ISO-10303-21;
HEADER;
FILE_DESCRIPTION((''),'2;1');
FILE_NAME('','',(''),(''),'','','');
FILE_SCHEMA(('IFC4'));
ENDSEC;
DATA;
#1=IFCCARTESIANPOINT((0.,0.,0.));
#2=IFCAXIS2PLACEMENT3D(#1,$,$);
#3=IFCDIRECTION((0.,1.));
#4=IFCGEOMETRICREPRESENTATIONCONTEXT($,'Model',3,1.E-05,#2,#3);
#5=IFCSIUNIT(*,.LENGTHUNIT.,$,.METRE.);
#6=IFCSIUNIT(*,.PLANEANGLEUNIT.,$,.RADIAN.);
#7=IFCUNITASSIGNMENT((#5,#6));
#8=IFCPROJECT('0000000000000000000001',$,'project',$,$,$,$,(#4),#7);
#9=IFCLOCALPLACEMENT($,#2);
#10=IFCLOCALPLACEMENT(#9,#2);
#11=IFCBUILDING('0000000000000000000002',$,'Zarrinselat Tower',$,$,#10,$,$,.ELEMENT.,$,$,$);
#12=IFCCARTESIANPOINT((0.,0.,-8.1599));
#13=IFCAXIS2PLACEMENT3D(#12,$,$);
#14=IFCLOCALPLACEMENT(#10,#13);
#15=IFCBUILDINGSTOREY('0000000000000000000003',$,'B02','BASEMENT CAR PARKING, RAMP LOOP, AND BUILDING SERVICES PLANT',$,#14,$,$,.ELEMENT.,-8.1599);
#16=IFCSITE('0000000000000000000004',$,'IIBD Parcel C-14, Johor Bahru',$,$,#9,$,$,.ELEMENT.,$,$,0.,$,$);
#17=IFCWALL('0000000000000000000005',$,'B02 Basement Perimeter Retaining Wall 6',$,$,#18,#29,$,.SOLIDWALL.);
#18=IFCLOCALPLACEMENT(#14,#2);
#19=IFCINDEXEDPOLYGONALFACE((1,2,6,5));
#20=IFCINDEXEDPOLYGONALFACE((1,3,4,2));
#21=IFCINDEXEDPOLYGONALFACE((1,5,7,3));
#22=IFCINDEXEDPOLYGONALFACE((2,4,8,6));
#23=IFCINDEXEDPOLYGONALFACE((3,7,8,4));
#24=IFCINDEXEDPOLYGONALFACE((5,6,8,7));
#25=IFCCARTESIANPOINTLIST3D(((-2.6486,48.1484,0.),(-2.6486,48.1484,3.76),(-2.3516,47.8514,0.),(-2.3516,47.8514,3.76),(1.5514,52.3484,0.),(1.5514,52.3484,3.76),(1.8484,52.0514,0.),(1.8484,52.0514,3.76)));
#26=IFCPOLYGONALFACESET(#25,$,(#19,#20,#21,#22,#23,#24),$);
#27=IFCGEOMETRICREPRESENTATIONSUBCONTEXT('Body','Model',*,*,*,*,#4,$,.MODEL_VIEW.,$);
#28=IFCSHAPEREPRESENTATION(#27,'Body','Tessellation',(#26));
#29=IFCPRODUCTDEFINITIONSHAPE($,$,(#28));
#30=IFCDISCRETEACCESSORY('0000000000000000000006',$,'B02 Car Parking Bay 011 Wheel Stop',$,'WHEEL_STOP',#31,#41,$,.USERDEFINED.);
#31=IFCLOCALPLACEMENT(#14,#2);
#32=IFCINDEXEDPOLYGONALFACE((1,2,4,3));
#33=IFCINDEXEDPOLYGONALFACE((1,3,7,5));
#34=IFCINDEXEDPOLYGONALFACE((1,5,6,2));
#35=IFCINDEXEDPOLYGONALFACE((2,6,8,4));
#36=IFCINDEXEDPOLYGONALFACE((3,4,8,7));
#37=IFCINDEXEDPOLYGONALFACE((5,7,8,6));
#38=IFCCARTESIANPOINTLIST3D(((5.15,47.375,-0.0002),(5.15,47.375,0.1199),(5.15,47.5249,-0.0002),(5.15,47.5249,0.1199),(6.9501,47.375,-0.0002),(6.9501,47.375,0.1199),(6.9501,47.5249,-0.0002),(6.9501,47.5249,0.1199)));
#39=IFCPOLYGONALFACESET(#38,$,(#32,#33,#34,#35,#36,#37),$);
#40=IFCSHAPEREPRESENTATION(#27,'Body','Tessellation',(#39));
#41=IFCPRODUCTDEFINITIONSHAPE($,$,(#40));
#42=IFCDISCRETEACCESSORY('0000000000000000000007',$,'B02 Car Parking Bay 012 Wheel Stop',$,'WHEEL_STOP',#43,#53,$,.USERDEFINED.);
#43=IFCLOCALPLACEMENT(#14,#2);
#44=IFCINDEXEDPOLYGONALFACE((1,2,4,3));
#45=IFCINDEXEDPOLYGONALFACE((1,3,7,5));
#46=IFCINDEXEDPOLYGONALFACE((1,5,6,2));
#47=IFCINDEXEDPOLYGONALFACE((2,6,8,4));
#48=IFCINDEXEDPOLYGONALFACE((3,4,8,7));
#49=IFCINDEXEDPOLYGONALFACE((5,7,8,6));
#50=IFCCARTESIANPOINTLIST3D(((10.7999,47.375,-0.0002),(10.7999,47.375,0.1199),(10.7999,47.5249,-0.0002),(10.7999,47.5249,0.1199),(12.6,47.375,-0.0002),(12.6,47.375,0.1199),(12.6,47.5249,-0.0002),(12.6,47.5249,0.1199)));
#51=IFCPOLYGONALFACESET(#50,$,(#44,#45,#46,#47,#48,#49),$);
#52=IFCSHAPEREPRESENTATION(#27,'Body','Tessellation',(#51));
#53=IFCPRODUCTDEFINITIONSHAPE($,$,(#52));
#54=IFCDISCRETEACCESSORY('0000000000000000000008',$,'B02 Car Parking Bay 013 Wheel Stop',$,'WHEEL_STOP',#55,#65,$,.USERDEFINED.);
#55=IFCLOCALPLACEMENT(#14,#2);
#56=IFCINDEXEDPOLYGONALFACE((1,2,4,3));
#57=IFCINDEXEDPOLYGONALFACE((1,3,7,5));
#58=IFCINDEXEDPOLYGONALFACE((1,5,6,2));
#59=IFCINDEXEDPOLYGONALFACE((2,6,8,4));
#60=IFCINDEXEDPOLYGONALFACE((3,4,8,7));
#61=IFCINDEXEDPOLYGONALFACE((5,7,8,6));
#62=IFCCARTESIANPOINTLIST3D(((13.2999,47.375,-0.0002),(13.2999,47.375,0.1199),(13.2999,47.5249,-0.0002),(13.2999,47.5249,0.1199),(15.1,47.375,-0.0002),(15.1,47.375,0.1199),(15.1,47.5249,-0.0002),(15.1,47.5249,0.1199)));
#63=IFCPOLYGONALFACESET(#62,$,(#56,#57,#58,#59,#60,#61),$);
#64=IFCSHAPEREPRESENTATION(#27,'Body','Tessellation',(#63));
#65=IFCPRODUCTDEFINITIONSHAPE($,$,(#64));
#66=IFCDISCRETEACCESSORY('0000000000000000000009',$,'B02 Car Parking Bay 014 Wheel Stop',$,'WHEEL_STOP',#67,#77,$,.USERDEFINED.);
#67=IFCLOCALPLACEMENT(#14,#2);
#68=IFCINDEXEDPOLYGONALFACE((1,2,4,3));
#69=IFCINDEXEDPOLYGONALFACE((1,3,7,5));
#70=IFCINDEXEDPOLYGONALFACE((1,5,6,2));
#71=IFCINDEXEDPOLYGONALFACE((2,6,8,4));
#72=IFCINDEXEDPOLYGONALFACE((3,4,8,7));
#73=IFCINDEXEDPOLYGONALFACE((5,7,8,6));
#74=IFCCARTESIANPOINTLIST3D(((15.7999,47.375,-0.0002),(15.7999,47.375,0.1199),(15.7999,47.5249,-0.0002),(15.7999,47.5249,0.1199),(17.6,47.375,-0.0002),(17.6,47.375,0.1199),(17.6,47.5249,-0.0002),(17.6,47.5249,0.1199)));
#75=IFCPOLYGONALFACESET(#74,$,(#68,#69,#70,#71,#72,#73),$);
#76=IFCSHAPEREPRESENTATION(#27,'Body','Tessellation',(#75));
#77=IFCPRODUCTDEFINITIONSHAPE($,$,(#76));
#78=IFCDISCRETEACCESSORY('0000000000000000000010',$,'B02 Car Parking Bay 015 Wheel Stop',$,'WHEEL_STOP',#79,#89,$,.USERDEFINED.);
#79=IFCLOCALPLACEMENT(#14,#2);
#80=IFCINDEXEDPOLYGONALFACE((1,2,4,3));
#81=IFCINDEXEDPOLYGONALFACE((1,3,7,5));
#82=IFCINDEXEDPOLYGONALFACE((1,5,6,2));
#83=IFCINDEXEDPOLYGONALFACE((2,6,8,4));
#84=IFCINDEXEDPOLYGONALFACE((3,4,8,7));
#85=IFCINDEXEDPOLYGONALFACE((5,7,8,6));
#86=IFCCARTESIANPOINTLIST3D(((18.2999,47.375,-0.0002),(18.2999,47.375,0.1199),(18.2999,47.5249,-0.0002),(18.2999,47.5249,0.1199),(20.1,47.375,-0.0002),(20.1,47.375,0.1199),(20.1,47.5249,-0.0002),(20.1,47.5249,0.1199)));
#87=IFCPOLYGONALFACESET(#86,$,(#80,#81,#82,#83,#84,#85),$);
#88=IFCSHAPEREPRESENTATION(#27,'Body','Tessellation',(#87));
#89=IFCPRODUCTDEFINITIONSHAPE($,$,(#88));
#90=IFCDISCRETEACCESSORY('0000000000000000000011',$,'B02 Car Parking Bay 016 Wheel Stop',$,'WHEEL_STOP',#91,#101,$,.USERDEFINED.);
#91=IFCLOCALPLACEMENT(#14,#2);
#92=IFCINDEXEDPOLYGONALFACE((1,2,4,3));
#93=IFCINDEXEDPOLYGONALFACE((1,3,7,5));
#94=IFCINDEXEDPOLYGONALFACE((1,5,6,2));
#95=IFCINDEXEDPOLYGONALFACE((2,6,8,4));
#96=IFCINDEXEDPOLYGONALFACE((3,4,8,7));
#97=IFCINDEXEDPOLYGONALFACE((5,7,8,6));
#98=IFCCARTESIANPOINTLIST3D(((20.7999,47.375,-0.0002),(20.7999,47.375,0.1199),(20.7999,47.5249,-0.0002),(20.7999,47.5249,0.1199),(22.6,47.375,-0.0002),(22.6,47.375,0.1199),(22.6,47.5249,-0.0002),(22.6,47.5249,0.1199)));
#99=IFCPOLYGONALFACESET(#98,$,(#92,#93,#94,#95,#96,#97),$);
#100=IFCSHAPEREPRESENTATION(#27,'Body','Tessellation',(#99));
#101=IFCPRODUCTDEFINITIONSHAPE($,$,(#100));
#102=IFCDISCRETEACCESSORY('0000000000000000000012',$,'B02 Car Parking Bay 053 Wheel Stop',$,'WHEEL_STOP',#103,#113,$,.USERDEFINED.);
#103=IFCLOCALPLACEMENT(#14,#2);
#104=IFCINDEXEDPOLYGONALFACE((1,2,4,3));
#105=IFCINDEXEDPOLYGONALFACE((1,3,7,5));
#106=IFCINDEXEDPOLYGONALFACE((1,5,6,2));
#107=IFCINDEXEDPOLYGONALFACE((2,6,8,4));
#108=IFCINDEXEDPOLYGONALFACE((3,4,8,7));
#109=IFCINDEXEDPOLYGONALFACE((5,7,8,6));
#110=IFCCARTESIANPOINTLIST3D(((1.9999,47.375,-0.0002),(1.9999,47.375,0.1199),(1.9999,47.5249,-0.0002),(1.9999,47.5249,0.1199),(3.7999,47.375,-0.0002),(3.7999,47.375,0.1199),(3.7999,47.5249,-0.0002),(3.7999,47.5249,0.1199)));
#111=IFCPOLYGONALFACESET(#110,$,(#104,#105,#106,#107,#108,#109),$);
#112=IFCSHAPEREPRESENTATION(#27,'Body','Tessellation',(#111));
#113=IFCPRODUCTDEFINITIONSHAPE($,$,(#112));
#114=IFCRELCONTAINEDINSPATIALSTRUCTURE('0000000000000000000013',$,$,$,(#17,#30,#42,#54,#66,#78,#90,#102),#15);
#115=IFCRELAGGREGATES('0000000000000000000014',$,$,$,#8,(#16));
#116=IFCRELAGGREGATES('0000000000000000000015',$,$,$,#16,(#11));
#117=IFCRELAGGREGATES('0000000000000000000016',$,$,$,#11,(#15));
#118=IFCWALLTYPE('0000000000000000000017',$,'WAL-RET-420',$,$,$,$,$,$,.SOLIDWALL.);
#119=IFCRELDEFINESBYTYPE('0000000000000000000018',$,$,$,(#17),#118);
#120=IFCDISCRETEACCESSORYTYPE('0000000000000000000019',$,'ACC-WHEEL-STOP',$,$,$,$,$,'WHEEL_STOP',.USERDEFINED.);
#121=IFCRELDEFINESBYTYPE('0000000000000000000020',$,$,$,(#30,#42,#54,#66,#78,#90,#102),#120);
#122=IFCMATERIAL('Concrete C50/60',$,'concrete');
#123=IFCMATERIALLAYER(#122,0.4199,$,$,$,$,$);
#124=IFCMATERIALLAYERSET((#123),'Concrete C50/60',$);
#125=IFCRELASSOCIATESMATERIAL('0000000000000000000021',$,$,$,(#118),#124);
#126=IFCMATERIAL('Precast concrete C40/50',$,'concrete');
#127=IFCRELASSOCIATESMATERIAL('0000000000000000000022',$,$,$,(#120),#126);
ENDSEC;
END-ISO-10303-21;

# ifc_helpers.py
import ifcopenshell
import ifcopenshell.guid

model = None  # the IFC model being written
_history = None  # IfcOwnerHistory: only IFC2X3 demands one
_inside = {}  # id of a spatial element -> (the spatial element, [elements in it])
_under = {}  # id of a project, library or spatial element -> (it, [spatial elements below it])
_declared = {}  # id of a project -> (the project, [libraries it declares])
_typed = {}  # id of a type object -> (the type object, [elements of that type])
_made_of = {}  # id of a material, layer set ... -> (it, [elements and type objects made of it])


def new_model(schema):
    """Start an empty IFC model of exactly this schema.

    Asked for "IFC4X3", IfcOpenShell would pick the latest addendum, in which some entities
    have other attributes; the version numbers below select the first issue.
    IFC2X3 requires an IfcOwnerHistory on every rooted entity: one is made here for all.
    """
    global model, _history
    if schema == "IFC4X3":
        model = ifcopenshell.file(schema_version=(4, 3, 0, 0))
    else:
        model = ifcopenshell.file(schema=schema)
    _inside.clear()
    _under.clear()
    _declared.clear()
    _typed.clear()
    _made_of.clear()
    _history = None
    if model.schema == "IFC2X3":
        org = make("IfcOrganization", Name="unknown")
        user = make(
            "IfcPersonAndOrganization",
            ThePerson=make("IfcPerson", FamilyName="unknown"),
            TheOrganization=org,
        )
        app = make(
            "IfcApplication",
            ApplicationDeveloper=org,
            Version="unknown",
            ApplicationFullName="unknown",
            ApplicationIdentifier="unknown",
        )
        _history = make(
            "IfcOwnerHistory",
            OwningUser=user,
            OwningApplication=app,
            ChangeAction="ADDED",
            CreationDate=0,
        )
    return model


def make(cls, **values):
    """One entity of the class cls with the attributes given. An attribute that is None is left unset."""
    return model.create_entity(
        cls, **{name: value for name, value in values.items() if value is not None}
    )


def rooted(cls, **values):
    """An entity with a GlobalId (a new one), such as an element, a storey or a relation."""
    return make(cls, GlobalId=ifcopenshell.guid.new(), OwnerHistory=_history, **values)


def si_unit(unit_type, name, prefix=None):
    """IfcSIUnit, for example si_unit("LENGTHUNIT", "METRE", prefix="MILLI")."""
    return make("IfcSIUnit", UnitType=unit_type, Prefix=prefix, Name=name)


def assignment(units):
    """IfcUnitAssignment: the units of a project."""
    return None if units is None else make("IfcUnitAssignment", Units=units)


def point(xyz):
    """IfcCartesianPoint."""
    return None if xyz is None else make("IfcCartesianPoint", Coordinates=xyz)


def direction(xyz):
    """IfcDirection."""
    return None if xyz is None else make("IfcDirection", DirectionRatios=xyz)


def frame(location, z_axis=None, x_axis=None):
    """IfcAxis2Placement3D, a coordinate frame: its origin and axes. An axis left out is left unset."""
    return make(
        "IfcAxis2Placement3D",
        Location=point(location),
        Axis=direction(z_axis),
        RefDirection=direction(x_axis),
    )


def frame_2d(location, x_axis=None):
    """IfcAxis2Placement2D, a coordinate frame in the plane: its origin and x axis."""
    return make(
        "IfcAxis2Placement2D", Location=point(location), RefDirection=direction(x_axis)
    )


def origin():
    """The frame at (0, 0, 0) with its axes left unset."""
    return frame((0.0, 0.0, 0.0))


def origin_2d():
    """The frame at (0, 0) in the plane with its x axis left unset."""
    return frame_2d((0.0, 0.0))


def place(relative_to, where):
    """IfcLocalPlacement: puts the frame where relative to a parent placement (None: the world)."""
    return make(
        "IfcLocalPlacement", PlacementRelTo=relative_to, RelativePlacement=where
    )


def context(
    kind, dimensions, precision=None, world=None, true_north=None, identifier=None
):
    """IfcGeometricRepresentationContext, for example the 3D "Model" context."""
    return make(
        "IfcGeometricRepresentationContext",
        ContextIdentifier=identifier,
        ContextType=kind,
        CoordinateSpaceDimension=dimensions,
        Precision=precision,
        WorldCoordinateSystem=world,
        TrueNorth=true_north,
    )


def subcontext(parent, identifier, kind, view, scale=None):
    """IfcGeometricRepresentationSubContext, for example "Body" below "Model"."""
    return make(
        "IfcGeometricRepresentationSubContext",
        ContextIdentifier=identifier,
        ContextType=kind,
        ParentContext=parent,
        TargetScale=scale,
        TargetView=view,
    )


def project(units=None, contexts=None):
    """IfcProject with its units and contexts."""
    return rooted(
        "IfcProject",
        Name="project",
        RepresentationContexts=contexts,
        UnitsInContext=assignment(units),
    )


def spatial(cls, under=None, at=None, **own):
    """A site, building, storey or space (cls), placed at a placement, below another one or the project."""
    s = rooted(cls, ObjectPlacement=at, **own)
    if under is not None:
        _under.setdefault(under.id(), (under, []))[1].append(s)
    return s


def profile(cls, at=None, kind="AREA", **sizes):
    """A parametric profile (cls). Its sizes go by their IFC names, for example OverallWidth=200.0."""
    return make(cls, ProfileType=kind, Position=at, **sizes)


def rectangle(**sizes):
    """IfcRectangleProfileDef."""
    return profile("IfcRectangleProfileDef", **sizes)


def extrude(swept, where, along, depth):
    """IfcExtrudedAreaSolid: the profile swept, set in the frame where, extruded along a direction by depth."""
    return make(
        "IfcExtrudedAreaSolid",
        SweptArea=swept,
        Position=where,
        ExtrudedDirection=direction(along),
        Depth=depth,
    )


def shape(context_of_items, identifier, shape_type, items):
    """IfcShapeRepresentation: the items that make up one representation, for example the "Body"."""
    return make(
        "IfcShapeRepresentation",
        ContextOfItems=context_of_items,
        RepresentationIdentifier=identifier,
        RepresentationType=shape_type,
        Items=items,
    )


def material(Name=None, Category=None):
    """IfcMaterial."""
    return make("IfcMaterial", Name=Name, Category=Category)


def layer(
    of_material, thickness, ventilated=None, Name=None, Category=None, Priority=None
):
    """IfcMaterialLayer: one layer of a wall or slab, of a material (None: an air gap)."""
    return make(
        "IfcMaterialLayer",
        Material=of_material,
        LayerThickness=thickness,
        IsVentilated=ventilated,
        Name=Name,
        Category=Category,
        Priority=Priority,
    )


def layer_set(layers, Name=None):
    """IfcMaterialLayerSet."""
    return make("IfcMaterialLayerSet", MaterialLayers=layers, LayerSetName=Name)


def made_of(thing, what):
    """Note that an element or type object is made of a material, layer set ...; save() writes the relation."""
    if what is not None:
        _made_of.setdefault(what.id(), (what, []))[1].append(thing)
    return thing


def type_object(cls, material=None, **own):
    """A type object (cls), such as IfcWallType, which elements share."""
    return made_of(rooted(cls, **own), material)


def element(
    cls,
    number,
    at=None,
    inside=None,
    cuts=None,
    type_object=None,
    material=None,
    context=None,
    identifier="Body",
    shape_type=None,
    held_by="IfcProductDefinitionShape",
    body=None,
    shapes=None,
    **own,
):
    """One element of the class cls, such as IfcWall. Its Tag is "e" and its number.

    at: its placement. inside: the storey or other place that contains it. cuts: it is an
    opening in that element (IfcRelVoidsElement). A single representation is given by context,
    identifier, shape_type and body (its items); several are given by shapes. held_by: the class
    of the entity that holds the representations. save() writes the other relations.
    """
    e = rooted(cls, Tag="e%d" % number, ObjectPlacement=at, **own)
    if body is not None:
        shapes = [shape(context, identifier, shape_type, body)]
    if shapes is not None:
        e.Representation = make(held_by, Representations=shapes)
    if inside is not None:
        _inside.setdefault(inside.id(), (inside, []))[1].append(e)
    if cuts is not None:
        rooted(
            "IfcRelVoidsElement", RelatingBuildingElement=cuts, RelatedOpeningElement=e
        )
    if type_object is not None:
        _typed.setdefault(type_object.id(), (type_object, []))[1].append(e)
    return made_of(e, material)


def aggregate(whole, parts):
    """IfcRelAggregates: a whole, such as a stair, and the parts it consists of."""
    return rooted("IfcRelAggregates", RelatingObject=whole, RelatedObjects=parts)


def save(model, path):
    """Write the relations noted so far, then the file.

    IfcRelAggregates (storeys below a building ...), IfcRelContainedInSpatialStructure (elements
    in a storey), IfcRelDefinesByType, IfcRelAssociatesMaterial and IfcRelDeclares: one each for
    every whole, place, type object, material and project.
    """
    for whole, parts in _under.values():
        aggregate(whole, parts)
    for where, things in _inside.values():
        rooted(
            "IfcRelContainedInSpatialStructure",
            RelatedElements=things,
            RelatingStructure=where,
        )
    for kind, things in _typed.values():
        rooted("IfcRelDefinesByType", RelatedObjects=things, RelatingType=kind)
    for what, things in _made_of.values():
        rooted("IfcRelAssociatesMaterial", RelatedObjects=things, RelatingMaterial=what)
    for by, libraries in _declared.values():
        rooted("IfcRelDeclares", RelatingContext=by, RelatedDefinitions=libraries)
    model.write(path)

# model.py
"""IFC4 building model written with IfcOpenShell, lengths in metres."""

from ifc_helpers import new_model, si_unit, direction, frame, frame_2d, origin, origin_2d, place, context, subcontext, project, spatial, rectangle, extrude, material, layer, layer_set, type_object, element, save


model = new_model("IFC4")

# Units and contexts
model_context = context("Model", 3, precision=1e-05, world=origin(), true_north=direction((0.0, 1.0)))
body_context = subcontext(model_context, "Body", "Model", "MODEL_VIEW")
ifc_project = project(units=[si_unit("LENGTHUNIT", "METRE"), si_unit("PLANEANGLEUNIT", "RADIAN")], contexts=[model_context])

# Site, building, storey
site_placement = place(None, origin())
site = spatial("IfcSite", under=ifc_project, at=site_placement, Name="IIBD Parcel C-14, Johor Bahru", CompositionType="ELEMENT", RefElevation=0.0)
building_placement = place(site_placement, origin())
building = spatial("IfcBuilding", under=site, at=building_placement, Name="Zarrinselat Tower", CompositionType="ELEMENT")
storey_placement = place(building_placement, frame((0.0, 0.0, -8.1599)))
storey = spatial("IfcBuildingStorey", under=building, at=storey_placement, Name="B02", Description="BASEMENT CAR PARKING, RAMP LOOP, AND BUILDING SERVICES PLANT", CompositionType="ELEMENT", Elevation=-8.1599)

# Wall
ifc_material_1 = material(Name="Concrete C50/60", Category="concrete")
ifc_layer_1 = layer(ifc_material_1, 0.4199)
ifc_layer_set_1 = layer_set([ifc_layer_1], Name="Concrete C50/60")
wall_type_1 = type_object("IfcWallType", Name="WAL-RET-420", PredefinedType="SOLIDWALL", material=ifc_layer_set_1)
wall_1_placement = place(storey_placement, frame((-2.5, 48.0, 0.0), z_axis=(0.0, 0.0, 1.0), x_axis=(0.707107, 0.707107, 0.0)))
element("IfcWall", 1, at=wall_1_placement, inside=storey, type_object=wall_type_1, Name="B02 Basement Perimeter Retaining Wall 6", PredefinedType="SOLIDWALL", context=body_context, shape_type="SweptSolid", body=[
    extrude(rectangle(XDim=5.9397, YDim=0.4199, at=frame_2d((2.9697, 0.0))), origin(), (0.0, 0.0, 1.0), 3.76),
])

# Discrete accessories
ifc_material_2 = material(Name="Precast concrete C40/50", Category="concrete")
discrete_accessory_type = type_object("IfcDiscreteAccessoryType", Name="ACC-WHEEL-STOP", ElementType="WHEEL_STOP", PredefinedType="USERDEFINED", material=ifc_material_2)
for number, where, z_axis, x_axis, name in (
    (2, (6.05, 47.45, -0.0002), (0.0, 0.0, 1.0), (1.0, 0.0, 0.0), "B02 Car Parking Bay 011 Wheel Stop"),
    (3, (11.7, 47.45, -0.0002), (0.0, 0.0, 1.0), (1.0, 0.0, 0.0), "B02 Car Parking Bay 012 Wheel Stop"),
    (4, (14.2, 47.45, -0.0002), (0.0, 0.0, 1.0), (1.0, 0.0, 0.0), "B02 Car Parking Bay 013 Wheel Stop"),
    (5, (16.7, 47.45, -0.0002), (0.0, 0.0, 1.0), (1.0, 0.0, 0.0), "B02 Car Parking Bay 014 Wheel Stop"),
    (6, (19.2, 47.45, -0.0002), (0.0, 0.0, 1.0), (1.0, 0.0, 0.0), "B02 Car Parking Bay 015 Wheel Stop"),
    (7, (21.7, 47.45, -0.0002), (0.0, 0.0, 1.0), (1.0, 0.0, 0.0), "B02 Car Parking Bay 016 Wheel Stop"),
    (8, (2.8999, 47.45, -0.0002), (0.0, 0.0, 1.0), (1.0, 0.0, 0.0), "B02 Car Parking Bay 053 Wheel Stop"),
):
    element("IfcDiscreteAccessory", number, at=place(storey_placement, frame(where, z_axis=z_axis, x_axis=x_axis)), inside=storey, type_object=discrete_accessory_type, Name=name, ObjectType="WHEEL_STOP", PredefinedType="USERDEFINED", context=body_context, shape_type="SweptSolid", body=[
        extrude(rectangle(XDim=1.8, YDim=0.1499, at=origin_2d()), origin(), (0.0, 0.0, 1.0), 0.1201),
    ])

save(model, "model.ifc")
